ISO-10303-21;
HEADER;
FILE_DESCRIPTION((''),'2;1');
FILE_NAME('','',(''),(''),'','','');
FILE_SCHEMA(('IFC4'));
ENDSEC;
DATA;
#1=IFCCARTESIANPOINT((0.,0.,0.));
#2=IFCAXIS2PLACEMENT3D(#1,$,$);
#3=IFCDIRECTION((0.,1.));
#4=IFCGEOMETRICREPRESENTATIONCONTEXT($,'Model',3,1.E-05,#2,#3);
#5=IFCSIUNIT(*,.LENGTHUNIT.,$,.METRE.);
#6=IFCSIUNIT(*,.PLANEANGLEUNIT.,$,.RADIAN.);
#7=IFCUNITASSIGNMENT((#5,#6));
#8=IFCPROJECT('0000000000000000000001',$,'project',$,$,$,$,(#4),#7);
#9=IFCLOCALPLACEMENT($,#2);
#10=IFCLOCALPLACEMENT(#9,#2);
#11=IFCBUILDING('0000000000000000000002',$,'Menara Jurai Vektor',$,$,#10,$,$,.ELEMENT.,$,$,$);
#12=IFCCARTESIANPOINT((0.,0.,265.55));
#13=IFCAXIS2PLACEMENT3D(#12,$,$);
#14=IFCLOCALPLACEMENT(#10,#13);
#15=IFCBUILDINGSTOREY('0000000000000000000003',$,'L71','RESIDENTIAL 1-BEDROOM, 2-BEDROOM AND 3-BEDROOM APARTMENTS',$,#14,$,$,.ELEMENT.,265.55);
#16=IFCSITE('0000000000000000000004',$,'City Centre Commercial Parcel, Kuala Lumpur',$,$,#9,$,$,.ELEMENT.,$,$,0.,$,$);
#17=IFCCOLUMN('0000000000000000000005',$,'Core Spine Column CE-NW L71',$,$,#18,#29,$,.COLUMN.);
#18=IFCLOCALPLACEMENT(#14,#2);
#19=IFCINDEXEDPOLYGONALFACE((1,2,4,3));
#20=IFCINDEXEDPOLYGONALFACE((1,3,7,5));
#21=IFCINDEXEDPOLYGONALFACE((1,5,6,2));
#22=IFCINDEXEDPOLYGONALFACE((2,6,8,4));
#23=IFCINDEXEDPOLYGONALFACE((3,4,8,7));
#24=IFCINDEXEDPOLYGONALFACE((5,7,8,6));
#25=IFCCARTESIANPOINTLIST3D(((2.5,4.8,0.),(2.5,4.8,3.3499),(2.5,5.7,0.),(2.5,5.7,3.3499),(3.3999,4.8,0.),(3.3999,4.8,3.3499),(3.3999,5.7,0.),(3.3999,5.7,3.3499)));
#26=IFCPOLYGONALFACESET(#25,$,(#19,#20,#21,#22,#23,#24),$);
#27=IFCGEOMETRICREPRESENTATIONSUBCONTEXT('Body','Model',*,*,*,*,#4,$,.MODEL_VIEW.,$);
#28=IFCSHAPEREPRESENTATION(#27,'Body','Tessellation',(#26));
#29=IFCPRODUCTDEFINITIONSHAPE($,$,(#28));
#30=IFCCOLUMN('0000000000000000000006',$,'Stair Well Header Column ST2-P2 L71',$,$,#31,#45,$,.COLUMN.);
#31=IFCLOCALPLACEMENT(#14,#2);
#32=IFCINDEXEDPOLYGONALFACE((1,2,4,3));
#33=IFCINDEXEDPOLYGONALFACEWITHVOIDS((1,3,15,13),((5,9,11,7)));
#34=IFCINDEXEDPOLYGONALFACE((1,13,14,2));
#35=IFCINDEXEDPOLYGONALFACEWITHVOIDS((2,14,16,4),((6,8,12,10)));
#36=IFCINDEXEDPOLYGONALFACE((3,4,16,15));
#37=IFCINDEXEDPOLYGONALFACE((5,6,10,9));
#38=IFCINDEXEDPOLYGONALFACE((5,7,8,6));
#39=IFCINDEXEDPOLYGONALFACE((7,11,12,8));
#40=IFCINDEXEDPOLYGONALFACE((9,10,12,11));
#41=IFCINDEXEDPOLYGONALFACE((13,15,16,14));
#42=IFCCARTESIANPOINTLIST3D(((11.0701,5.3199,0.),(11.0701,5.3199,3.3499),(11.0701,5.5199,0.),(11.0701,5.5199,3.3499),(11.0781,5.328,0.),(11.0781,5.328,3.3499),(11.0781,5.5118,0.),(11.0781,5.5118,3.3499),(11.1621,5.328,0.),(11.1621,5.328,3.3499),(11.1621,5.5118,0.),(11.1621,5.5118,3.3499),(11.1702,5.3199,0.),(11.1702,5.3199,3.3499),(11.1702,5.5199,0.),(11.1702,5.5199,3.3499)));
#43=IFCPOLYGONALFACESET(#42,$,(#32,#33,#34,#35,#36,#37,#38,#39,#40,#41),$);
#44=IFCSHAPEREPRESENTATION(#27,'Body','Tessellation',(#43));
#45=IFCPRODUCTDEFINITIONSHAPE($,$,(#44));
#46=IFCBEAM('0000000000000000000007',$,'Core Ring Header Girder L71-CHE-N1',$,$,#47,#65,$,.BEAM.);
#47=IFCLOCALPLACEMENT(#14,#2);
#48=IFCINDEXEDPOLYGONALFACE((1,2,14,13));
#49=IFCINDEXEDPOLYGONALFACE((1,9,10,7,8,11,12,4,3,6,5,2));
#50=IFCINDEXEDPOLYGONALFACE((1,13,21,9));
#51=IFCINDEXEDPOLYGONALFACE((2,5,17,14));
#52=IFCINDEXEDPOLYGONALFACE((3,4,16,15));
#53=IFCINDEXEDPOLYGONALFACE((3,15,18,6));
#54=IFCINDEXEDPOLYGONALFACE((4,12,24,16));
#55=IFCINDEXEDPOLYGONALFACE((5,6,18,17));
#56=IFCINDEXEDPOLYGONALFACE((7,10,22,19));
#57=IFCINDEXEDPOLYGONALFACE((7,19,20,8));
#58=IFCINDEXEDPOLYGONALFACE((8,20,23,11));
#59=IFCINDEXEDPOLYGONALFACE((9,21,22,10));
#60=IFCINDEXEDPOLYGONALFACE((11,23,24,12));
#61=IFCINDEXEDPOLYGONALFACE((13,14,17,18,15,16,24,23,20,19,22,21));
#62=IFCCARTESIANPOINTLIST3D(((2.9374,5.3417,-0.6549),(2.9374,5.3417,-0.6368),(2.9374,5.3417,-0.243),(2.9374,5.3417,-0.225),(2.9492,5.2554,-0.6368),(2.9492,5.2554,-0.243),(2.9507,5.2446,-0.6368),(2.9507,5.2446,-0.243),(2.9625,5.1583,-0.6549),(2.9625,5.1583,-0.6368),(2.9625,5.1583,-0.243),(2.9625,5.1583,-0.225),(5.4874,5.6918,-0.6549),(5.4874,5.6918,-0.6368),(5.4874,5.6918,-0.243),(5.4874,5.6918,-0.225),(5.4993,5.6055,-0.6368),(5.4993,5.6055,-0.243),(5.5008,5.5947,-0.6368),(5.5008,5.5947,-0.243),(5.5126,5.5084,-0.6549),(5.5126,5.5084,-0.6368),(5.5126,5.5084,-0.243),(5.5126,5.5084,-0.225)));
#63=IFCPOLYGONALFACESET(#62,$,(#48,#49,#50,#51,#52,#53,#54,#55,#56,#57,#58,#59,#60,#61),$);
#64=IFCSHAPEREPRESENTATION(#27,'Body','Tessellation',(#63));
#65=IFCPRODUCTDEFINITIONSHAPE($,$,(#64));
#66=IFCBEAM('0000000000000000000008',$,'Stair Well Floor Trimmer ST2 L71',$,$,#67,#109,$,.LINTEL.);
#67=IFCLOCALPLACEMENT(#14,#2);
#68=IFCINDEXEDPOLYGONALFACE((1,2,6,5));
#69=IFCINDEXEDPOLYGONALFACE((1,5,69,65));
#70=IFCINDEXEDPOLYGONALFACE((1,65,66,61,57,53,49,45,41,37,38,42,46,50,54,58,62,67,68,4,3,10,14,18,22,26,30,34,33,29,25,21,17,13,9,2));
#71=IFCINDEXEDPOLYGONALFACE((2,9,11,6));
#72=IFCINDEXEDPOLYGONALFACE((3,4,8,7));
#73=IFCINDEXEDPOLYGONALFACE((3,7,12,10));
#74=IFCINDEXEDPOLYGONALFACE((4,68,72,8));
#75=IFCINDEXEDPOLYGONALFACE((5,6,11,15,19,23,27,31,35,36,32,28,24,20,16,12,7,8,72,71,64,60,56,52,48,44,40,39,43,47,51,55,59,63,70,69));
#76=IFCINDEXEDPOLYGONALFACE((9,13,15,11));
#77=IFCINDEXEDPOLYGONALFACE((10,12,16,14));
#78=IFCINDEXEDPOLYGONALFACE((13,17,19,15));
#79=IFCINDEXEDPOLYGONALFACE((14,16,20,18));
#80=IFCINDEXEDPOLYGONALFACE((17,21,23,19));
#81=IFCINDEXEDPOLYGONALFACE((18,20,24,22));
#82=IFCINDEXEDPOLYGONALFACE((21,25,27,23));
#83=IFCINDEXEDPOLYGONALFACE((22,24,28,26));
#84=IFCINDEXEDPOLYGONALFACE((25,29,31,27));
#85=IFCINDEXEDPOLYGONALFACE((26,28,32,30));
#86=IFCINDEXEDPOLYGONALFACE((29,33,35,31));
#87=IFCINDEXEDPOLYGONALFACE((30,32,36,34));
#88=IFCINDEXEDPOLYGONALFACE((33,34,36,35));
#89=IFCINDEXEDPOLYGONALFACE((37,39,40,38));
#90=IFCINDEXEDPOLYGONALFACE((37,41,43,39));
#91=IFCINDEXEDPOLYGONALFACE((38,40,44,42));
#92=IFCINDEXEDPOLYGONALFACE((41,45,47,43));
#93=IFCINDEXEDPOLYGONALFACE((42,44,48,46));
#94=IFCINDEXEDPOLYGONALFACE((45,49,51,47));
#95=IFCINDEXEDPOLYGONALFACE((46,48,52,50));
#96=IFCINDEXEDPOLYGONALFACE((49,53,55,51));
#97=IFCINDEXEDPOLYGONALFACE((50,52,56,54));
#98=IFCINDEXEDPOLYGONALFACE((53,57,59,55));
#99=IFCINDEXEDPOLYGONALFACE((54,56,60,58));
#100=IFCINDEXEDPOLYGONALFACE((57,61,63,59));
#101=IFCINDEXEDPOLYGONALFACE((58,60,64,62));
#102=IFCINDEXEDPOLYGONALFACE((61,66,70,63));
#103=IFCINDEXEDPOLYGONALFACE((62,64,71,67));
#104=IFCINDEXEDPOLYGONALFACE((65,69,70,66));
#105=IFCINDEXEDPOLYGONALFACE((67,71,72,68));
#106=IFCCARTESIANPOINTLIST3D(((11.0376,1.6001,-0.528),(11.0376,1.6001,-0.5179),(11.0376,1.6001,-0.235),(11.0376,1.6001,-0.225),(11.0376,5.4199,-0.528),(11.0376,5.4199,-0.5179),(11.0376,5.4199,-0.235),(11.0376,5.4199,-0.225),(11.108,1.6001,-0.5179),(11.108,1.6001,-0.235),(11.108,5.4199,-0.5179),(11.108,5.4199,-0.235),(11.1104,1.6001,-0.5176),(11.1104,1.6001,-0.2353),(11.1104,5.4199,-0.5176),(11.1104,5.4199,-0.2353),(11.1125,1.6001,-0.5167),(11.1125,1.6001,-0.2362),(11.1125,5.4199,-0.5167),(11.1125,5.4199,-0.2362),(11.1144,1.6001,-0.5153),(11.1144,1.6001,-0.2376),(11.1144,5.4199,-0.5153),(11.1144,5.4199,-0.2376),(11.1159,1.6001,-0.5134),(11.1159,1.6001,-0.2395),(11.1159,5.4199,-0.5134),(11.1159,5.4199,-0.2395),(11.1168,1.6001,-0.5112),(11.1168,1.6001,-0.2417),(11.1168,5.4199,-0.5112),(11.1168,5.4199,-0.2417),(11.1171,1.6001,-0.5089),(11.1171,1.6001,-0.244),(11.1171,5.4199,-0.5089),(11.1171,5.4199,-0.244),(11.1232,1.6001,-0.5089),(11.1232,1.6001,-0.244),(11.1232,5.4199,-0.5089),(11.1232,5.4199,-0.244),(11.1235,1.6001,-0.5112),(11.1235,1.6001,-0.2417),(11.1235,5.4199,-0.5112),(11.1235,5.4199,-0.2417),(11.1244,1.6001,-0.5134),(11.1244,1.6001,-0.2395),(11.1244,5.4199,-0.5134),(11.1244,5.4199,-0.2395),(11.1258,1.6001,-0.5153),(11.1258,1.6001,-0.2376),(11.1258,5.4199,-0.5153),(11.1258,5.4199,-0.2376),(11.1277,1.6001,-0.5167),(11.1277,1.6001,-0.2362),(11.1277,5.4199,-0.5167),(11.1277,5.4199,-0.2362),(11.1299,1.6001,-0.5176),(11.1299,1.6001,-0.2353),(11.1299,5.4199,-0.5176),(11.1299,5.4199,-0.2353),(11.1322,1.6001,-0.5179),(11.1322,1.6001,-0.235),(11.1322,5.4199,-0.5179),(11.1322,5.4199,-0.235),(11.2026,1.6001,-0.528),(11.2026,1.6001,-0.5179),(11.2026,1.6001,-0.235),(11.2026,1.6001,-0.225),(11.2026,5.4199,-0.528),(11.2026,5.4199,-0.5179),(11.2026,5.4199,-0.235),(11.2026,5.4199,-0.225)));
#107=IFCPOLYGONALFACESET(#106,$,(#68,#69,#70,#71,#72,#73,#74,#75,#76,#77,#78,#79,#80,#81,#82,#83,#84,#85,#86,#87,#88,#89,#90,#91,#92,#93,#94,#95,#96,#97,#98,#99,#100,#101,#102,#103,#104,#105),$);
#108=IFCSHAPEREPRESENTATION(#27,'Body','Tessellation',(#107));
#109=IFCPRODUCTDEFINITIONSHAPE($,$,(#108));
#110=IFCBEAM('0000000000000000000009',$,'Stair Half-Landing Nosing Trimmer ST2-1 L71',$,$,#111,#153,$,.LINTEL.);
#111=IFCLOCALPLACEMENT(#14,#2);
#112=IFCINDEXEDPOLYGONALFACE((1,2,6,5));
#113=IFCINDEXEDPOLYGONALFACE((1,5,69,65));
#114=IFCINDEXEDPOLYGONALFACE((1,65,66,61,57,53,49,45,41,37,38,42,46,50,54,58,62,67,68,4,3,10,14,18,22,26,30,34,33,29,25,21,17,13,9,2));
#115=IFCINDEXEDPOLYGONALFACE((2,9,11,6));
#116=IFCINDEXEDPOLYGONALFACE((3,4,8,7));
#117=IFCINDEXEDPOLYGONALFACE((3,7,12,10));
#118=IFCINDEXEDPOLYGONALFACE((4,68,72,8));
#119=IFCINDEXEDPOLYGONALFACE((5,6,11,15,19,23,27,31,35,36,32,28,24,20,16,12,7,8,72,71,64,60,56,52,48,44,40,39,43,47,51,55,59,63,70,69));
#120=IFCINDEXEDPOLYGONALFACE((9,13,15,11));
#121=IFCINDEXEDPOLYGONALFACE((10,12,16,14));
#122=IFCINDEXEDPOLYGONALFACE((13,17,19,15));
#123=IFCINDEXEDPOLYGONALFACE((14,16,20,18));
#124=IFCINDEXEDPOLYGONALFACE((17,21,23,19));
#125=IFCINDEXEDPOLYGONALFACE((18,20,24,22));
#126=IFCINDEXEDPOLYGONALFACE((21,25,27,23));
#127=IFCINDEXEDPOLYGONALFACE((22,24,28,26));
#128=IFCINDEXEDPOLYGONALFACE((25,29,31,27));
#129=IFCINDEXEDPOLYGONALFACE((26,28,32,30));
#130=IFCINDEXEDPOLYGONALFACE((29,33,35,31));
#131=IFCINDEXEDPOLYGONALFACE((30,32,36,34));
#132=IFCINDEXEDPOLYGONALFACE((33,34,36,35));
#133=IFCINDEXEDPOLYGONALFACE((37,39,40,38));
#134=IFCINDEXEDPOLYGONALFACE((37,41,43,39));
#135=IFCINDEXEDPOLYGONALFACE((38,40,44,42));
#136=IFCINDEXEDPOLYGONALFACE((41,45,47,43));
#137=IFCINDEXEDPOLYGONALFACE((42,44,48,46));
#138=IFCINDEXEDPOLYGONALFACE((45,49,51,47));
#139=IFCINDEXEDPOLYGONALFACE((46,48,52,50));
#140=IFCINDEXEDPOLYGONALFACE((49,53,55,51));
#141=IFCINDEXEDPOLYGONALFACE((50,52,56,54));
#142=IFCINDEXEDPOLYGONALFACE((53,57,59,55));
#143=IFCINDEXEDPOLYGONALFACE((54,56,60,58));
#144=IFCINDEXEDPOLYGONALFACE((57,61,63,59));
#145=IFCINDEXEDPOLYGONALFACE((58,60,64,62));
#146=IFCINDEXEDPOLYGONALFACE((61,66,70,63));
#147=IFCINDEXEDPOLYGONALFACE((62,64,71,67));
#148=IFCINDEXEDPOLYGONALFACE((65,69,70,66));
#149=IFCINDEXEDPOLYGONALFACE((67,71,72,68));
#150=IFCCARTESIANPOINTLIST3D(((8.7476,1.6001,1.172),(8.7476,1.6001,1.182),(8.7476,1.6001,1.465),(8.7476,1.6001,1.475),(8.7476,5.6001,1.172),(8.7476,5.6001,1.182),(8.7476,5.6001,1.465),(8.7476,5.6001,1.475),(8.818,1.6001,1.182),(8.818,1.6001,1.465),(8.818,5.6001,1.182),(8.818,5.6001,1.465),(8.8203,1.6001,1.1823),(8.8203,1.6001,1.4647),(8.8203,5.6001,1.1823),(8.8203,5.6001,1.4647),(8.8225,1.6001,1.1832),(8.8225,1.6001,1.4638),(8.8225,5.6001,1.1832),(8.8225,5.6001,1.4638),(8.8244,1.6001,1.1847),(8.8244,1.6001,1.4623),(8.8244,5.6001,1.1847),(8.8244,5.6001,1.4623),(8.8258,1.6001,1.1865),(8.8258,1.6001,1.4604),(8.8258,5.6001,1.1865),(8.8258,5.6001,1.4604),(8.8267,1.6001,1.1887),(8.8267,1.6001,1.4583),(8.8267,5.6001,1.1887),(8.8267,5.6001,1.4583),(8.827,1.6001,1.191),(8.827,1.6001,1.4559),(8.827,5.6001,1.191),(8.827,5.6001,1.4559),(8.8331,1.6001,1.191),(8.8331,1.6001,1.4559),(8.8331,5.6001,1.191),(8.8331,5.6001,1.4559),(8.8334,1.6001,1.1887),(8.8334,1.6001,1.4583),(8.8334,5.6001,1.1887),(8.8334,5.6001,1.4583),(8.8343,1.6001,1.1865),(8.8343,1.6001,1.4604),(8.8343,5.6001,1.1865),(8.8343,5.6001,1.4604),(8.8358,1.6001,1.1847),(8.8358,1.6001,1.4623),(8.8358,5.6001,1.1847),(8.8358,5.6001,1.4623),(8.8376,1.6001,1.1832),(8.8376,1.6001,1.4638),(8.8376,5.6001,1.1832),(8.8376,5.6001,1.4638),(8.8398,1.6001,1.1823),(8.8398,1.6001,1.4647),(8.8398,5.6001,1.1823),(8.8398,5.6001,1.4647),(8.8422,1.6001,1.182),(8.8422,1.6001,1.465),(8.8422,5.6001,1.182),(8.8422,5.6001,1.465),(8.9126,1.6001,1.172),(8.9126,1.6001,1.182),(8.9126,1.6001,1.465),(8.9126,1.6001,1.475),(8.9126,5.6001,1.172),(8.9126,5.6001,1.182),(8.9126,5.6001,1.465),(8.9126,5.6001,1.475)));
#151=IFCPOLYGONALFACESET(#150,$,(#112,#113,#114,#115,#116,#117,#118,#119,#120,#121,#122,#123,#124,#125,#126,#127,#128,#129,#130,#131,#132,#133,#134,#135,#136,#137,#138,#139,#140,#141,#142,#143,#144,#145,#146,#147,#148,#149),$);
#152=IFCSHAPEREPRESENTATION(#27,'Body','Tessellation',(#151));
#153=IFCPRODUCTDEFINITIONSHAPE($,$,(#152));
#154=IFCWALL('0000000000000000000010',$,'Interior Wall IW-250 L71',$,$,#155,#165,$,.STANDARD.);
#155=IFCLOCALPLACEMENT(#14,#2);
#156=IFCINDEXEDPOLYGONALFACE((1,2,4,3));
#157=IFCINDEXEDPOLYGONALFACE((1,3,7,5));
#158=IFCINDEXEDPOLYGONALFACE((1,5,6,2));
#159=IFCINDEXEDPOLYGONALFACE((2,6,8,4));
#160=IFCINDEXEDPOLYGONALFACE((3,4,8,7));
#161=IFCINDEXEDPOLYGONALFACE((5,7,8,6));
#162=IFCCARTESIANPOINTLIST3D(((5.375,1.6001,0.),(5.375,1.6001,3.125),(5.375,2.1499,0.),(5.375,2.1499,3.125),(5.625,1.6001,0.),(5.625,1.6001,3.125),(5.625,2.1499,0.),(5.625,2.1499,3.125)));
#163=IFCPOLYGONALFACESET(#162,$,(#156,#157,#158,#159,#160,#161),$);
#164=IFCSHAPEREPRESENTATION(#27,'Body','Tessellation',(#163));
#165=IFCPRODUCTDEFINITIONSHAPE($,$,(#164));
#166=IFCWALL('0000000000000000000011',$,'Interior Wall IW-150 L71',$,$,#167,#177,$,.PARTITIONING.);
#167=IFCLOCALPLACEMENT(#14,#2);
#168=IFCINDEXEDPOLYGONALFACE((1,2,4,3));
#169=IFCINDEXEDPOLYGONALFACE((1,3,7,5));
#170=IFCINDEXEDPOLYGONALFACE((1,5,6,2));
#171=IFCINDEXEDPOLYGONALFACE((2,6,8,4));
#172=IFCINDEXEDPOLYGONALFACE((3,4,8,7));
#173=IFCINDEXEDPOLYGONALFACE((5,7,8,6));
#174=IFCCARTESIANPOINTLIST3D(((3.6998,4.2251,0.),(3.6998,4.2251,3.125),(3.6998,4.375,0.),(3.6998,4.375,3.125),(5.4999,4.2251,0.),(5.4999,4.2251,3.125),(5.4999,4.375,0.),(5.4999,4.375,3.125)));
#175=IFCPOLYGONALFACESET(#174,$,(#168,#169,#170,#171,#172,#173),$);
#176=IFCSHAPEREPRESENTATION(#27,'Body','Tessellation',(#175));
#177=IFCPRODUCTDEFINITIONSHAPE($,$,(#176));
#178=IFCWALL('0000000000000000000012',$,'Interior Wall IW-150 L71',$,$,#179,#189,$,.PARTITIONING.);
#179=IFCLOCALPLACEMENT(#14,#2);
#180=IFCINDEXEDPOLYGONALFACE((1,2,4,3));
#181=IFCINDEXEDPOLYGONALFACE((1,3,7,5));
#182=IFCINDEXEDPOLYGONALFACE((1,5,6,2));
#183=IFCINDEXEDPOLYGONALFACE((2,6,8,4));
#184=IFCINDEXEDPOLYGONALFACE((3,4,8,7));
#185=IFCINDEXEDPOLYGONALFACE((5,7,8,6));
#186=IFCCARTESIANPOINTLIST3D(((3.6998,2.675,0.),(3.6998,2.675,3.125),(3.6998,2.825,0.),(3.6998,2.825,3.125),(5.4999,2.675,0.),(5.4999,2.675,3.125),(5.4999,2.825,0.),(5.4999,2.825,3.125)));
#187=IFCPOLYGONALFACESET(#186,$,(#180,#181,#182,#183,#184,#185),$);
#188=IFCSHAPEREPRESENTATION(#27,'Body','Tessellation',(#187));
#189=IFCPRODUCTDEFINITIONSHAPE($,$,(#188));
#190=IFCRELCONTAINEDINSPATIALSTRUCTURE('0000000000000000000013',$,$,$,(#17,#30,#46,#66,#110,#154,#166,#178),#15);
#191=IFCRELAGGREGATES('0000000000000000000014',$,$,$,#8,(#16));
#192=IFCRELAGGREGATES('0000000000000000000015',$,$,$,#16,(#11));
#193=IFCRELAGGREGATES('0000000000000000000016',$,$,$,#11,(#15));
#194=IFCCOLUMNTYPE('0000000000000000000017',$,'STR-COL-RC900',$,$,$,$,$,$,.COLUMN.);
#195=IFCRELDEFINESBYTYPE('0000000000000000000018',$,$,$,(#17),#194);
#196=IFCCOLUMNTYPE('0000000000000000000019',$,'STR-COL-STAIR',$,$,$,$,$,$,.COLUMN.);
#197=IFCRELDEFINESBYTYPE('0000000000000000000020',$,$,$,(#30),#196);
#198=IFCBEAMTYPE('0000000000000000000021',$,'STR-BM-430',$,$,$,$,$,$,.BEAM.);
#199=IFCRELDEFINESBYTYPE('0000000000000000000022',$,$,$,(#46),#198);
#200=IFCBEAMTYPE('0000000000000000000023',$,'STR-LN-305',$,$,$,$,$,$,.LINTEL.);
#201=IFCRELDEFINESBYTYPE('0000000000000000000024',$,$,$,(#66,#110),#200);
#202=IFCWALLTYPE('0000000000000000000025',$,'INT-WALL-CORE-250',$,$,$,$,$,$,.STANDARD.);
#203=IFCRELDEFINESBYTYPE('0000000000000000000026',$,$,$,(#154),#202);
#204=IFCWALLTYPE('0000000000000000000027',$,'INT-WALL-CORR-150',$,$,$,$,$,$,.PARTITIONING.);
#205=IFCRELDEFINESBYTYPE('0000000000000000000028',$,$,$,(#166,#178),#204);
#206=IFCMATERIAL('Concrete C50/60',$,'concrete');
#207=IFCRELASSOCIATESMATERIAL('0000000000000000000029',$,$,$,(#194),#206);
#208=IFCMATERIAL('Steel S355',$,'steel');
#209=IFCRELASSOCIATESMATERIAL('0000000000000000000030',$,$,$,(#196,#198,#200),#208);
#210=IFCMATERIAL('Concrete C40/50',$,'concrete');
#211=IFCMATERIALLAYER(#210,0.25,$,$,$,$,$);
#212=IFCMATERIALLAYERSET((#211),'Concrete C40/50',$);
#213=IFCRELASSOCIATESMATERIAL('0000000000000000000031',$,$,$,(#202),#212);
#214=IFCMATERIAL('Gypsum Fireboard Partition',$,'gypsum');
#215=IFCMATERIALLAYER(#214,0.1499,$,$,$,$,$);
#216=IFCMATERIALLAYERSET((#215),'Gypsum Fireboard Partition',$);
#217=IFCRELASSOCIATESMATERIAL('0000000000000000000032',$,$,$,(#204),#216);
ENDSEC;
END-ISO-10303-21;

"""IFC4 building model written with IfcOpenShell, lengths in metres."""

from ifc_helpers import new_model, si_unit, direction, frame, frame_2d, origin, origin_2d, place, context, subcontext, project, spatial, rectangle, hollow_rectangle, i_section, extrude, material, layer, layer_set, material_profile, profile_set, type_object, element, save


model = new_model("IFC4")

# Units and contexts
model_context = context("Model", 3, precision=1e-05, world=origin(), true_north=direction((0.0, 1.0)))
body_context = subcontext(model_context, "Body", "Model", "MODEL_VIEW")
ifc_project = project(units=[si_unit("LENGTHUNIT", "METRE"), si_unit("PLANEANGLEUNIT", "RADIAN")], contexts=[model_context])

# Site, building, storey
site_placement = place(None, origin())
site = spatial("IfcSite", under=ifc_project, at=site_placement, Name="City Centre Commercial Parcel, Kuala Lumpur", CompositionType="ELEMENT", RefElevation=0.0)
building_placement = place(site_placement, origin())
building = spatial("IfcBuilding", under=site, at=building_placement, Name="Menara Jurai Vektor", CompositionType="ELEMENT")
storey_placement = place(building_placement, frame((0.0, 0.0, 265.55)))
storey = spatial("IfcBuildingStorey", under=building, at=storey_placement, Name="L71", Description="RESIDENTIAL 1-BEDROOM, 2-BEDROOM AND 3-BEDROOM APARTMENTS", CompositionType="ELEMENT", Elevation=265.55)

# Columns
ifc_material_1 = material(Name="Concrete C50/60", Category="concrete")
ifc_material_profile_1 = material_profile(ifc_material_1, rectangle(XDim=0.8999, YDim=0.8999, at=origin_2d()), Name="RC 900x900")
ifc_profile_set_1 = profile_set([ifc_material_profile_1], Name="Concrete C50/60")
column_type_1 = type_object("IfcColumnType", Name="STR-COL-RC900", PredefinedType="COLUMN", material=ifc_profile_set_1)
column_1_placement = place(storey_placement, frame((2.95, 5.25, 0.0), z_axis=(0.0, 0.0, 1.0), x_axis=(1.0, 0.0, 0.0)))
element("IfcColumn", 1, at=column_1_placement, inside=storey, type_object=column_type_1, Name="Core Spine Column CE-NW L71", PredefinedType="COLUMN", context=body_context, shape_type="SweptSolid", body=[
    extrude(rectangle(XDim=0.8999, YDim=0.8999, at=origin_2d()), origin(), (0.0, 0.0, 1.0), 3.3499),
])
ifc_material_2 = material(Name="Steel S355", Category="steel")
ifc_material_profile_2 = material_profile(ifc_material_2, hollow_rectangle(XDim=0.1001, YDim=0.2, WallThickness=0.0081, at=origin_2d()), Name="RHS 200x100x8")
ifc_profile_set_2 = profile_set([ifc_material_profile_2], Name="Steel S355")
column_type_2 = type_object("IfcColumnType", Name="STR-COL-STAIR", PredefinedType="COLUMN", material=ifc_profile_set_2)
column_2_placement = place(storey_placement, frame((11.1201, 5.4199, 0.0), z_axis=(0.0, 0.0, 1.0), x_axis=(1.0, 0.0, 0.0)))
element("IfcColumn", 2, at=column_2_placement, inside=storey, type_object=column_type_2, Name="Stair Well Header Column ST2-P2 L71", PredefinedType="COLUMN", context=body_context, shape_type="SweptSolid", body=[
    extrude(hollow_rectangle(XDim=0.1001, YDim=0.2, WallThickness=0.0081, at=origin_2d()), origin(), (0.0, 0.0, 1.0), 3.3499),
])

# Beams
ifc_material_profile_3 = material_profile(ifc_material_2, i_section(OverallWidth=0.1851, OverallDepth=0.4299, WebThickness=0.011, FlangeThickness=0.0181, at=origin_2d()), Name="PG 430x185x76")
ifc_profile_set_3 = profile_set([ifc_material_profile_3], Name="Steel S355")
beam_type_1 = type_object("IfcBeamType", Name="STR-BM-430", PredefinedType="BEAM", material=ifc_profile_set_3)
beam_1_placement = place(storey_placement, frame((2.95, 5.25, -0.4399), z_axis=(0.990707, 0.136015, 0.0), x_axis=(-0.136015, 0.990707, 0.0)))
element("IfcBeam", 3, at=beam_1_placement, inside=storey, type_object=beam_type_1, Name="Core Ring Header Girder L71-CHE-N1", PredefinedType="BEAM", context=body_context, shape_type="SweptSolid", body=[
    extrude(i_section(OverallWidth=0.1851, OverallDepth=0.4299, WebThickness=0.011, FlangeThickness=0.0181, at=origin_2d()), origin(), (0.0, 0.0, 1.0), 2.574),
])
ifc_material_profile_4 = material_profile(ifc_material_2, i_section(OverallWidth=0.165, OverallDepth=0.303, WebThickness=0.0061, FlangeThickness=0.01, FilletRadius=0.009, at=origin_2d()), Name="UKB 305x165x40")
ifc_profile_set_4 = profile_set([ifc_material_profile_4], Name="Steel S355")
beam_type_2 = type_object("IfcBeamType", Name="STR-LN-305", PredefinedType="LINTEL", material=ifc_profile_set_4)
beam_2_placement = place(storey_placement, frame((11.1201, 1.6001, -0.3765), z_axis=(0.0, 1.0, 0.0), x_axis=(-1.0, 0.0, 0.0)))
element("IfcBeam", 4, at=beam_2_placement, inside=storey, type_object=beam_type_2, Name="Stair Well Floor Trimmer ST2 L71", PredefinedType="LINTEL", context=body_context, shape_type="SweptSolid", body=[
    extrude(i_section(OverallWidth=0.165, OverallDepth=0.303, WebThickness=0.0061, FlangeThickness=0.01, FilletRadius=0.009, at=origin_2d()), origin(), (0.0, 0.0, 1.0), 3.8198),
])
beam_3_placement = place(storey_placement, frame((8.8301, 1.6001, 1.3235), z_axis=(0.0, 1.0, 0.0), x_axis=(-1.0, 0.0, 0.0)))
element("IfcBeam", 5, at=beam_3_placement, inside=storey, type_object=beam_type_2, Name="Stair Half-Landing Nosing Trimmer ST2-1 L71", PredefinedType="LINTEL", context=body_context, shape_type="SweptSolid", body=[
    extrude(i_section(OverallWidth=0.165, OverallDepth=0.303, WebThickness=0.0061, FlangeThickness=0.01, FilletRadius=0.009, at=origin_2d()), origin(), (0.0, 0.0, 1.0), 4.0),
])

# Shared definitions
ifc_material_3 = material(Name="Concrete C40/50", Category="concrete")
ifc_layer_1 = layer(ifc_material_3, 0.25)
ifc_layer_set_1 = layer_set([ifc_layer_1], Name="Concrete C40/50")
wall_type_1 = type_object("IfcWallType", Name="INT-WALL-CORE-250", PredefinedType="STANDARD", material=ifc_layer_set_1)

# Walls
wall_1_placement = place(storey_placement, frame((5.5, 1.6001, 0.0), z_axis=(0.0, 0.0, 1.0), x_axis=(0.0, 1.0, 0.0)))
element("IfcWall", 6, at=wall_1_placement, inside=storey, type_object=wall_type_1, Name="Interior Wall IW-250 L71", PredefinedType="STANDARD", context=body_context, shape_type="SweptSolid", body=[
    extrude(rectangle(XDim=0.5498, YDim=0.25, at=frame_2d((0.2749, 0.0))), origin(), (0.0, 0.0, 1.0), 3.125),
])
ifc_material_4 = material(Name="Gypsum Fireboard Partition", Category="gypsum")
ifc_layer_2 = layer(ifc_material_4, 0.1499)
ifc_layer_set_2 = layer_set([ifc_layer_2], Name="Gypsum Fireboard Partition")
wall_type_2 = type_object("IfcWallType", Name="INT-WALL-CORR-150", PredefinedType="PARTITIONING", material=ifc_layer_set_2)
for number, where, z_axis, x_axis, name in (
    (7, (3.7, 4.3, 0.0), (0.0, 0.0, 1.0), (1.0, 0.0, 0.0), "Interior Wall IW-150 L71"),
    (8, (3.7, 2.75, 0.0), (0.0, 0.0, 1.0), (1.0, 0.0, 0.0), "Interior Wall IW-150 L71"),
):
    element("IfcWall", number, at=place(storey_placement, frame(where, z_axis=z_axis, x_axis=x_axis)), inside=storey, type_object=wall_type_2, Name=name, PredefinedType="PARTITIONING", context=body_context, shape_type="SweptSolid", body=[
        extrude(rectangle(XDim=1.8, YDim=0.1499, at=frame_2d((0.8999, 0.0))), origin(), (0.0, 0.0, 1.0), 3.125),
    ])

save(model, "model.ifc")
